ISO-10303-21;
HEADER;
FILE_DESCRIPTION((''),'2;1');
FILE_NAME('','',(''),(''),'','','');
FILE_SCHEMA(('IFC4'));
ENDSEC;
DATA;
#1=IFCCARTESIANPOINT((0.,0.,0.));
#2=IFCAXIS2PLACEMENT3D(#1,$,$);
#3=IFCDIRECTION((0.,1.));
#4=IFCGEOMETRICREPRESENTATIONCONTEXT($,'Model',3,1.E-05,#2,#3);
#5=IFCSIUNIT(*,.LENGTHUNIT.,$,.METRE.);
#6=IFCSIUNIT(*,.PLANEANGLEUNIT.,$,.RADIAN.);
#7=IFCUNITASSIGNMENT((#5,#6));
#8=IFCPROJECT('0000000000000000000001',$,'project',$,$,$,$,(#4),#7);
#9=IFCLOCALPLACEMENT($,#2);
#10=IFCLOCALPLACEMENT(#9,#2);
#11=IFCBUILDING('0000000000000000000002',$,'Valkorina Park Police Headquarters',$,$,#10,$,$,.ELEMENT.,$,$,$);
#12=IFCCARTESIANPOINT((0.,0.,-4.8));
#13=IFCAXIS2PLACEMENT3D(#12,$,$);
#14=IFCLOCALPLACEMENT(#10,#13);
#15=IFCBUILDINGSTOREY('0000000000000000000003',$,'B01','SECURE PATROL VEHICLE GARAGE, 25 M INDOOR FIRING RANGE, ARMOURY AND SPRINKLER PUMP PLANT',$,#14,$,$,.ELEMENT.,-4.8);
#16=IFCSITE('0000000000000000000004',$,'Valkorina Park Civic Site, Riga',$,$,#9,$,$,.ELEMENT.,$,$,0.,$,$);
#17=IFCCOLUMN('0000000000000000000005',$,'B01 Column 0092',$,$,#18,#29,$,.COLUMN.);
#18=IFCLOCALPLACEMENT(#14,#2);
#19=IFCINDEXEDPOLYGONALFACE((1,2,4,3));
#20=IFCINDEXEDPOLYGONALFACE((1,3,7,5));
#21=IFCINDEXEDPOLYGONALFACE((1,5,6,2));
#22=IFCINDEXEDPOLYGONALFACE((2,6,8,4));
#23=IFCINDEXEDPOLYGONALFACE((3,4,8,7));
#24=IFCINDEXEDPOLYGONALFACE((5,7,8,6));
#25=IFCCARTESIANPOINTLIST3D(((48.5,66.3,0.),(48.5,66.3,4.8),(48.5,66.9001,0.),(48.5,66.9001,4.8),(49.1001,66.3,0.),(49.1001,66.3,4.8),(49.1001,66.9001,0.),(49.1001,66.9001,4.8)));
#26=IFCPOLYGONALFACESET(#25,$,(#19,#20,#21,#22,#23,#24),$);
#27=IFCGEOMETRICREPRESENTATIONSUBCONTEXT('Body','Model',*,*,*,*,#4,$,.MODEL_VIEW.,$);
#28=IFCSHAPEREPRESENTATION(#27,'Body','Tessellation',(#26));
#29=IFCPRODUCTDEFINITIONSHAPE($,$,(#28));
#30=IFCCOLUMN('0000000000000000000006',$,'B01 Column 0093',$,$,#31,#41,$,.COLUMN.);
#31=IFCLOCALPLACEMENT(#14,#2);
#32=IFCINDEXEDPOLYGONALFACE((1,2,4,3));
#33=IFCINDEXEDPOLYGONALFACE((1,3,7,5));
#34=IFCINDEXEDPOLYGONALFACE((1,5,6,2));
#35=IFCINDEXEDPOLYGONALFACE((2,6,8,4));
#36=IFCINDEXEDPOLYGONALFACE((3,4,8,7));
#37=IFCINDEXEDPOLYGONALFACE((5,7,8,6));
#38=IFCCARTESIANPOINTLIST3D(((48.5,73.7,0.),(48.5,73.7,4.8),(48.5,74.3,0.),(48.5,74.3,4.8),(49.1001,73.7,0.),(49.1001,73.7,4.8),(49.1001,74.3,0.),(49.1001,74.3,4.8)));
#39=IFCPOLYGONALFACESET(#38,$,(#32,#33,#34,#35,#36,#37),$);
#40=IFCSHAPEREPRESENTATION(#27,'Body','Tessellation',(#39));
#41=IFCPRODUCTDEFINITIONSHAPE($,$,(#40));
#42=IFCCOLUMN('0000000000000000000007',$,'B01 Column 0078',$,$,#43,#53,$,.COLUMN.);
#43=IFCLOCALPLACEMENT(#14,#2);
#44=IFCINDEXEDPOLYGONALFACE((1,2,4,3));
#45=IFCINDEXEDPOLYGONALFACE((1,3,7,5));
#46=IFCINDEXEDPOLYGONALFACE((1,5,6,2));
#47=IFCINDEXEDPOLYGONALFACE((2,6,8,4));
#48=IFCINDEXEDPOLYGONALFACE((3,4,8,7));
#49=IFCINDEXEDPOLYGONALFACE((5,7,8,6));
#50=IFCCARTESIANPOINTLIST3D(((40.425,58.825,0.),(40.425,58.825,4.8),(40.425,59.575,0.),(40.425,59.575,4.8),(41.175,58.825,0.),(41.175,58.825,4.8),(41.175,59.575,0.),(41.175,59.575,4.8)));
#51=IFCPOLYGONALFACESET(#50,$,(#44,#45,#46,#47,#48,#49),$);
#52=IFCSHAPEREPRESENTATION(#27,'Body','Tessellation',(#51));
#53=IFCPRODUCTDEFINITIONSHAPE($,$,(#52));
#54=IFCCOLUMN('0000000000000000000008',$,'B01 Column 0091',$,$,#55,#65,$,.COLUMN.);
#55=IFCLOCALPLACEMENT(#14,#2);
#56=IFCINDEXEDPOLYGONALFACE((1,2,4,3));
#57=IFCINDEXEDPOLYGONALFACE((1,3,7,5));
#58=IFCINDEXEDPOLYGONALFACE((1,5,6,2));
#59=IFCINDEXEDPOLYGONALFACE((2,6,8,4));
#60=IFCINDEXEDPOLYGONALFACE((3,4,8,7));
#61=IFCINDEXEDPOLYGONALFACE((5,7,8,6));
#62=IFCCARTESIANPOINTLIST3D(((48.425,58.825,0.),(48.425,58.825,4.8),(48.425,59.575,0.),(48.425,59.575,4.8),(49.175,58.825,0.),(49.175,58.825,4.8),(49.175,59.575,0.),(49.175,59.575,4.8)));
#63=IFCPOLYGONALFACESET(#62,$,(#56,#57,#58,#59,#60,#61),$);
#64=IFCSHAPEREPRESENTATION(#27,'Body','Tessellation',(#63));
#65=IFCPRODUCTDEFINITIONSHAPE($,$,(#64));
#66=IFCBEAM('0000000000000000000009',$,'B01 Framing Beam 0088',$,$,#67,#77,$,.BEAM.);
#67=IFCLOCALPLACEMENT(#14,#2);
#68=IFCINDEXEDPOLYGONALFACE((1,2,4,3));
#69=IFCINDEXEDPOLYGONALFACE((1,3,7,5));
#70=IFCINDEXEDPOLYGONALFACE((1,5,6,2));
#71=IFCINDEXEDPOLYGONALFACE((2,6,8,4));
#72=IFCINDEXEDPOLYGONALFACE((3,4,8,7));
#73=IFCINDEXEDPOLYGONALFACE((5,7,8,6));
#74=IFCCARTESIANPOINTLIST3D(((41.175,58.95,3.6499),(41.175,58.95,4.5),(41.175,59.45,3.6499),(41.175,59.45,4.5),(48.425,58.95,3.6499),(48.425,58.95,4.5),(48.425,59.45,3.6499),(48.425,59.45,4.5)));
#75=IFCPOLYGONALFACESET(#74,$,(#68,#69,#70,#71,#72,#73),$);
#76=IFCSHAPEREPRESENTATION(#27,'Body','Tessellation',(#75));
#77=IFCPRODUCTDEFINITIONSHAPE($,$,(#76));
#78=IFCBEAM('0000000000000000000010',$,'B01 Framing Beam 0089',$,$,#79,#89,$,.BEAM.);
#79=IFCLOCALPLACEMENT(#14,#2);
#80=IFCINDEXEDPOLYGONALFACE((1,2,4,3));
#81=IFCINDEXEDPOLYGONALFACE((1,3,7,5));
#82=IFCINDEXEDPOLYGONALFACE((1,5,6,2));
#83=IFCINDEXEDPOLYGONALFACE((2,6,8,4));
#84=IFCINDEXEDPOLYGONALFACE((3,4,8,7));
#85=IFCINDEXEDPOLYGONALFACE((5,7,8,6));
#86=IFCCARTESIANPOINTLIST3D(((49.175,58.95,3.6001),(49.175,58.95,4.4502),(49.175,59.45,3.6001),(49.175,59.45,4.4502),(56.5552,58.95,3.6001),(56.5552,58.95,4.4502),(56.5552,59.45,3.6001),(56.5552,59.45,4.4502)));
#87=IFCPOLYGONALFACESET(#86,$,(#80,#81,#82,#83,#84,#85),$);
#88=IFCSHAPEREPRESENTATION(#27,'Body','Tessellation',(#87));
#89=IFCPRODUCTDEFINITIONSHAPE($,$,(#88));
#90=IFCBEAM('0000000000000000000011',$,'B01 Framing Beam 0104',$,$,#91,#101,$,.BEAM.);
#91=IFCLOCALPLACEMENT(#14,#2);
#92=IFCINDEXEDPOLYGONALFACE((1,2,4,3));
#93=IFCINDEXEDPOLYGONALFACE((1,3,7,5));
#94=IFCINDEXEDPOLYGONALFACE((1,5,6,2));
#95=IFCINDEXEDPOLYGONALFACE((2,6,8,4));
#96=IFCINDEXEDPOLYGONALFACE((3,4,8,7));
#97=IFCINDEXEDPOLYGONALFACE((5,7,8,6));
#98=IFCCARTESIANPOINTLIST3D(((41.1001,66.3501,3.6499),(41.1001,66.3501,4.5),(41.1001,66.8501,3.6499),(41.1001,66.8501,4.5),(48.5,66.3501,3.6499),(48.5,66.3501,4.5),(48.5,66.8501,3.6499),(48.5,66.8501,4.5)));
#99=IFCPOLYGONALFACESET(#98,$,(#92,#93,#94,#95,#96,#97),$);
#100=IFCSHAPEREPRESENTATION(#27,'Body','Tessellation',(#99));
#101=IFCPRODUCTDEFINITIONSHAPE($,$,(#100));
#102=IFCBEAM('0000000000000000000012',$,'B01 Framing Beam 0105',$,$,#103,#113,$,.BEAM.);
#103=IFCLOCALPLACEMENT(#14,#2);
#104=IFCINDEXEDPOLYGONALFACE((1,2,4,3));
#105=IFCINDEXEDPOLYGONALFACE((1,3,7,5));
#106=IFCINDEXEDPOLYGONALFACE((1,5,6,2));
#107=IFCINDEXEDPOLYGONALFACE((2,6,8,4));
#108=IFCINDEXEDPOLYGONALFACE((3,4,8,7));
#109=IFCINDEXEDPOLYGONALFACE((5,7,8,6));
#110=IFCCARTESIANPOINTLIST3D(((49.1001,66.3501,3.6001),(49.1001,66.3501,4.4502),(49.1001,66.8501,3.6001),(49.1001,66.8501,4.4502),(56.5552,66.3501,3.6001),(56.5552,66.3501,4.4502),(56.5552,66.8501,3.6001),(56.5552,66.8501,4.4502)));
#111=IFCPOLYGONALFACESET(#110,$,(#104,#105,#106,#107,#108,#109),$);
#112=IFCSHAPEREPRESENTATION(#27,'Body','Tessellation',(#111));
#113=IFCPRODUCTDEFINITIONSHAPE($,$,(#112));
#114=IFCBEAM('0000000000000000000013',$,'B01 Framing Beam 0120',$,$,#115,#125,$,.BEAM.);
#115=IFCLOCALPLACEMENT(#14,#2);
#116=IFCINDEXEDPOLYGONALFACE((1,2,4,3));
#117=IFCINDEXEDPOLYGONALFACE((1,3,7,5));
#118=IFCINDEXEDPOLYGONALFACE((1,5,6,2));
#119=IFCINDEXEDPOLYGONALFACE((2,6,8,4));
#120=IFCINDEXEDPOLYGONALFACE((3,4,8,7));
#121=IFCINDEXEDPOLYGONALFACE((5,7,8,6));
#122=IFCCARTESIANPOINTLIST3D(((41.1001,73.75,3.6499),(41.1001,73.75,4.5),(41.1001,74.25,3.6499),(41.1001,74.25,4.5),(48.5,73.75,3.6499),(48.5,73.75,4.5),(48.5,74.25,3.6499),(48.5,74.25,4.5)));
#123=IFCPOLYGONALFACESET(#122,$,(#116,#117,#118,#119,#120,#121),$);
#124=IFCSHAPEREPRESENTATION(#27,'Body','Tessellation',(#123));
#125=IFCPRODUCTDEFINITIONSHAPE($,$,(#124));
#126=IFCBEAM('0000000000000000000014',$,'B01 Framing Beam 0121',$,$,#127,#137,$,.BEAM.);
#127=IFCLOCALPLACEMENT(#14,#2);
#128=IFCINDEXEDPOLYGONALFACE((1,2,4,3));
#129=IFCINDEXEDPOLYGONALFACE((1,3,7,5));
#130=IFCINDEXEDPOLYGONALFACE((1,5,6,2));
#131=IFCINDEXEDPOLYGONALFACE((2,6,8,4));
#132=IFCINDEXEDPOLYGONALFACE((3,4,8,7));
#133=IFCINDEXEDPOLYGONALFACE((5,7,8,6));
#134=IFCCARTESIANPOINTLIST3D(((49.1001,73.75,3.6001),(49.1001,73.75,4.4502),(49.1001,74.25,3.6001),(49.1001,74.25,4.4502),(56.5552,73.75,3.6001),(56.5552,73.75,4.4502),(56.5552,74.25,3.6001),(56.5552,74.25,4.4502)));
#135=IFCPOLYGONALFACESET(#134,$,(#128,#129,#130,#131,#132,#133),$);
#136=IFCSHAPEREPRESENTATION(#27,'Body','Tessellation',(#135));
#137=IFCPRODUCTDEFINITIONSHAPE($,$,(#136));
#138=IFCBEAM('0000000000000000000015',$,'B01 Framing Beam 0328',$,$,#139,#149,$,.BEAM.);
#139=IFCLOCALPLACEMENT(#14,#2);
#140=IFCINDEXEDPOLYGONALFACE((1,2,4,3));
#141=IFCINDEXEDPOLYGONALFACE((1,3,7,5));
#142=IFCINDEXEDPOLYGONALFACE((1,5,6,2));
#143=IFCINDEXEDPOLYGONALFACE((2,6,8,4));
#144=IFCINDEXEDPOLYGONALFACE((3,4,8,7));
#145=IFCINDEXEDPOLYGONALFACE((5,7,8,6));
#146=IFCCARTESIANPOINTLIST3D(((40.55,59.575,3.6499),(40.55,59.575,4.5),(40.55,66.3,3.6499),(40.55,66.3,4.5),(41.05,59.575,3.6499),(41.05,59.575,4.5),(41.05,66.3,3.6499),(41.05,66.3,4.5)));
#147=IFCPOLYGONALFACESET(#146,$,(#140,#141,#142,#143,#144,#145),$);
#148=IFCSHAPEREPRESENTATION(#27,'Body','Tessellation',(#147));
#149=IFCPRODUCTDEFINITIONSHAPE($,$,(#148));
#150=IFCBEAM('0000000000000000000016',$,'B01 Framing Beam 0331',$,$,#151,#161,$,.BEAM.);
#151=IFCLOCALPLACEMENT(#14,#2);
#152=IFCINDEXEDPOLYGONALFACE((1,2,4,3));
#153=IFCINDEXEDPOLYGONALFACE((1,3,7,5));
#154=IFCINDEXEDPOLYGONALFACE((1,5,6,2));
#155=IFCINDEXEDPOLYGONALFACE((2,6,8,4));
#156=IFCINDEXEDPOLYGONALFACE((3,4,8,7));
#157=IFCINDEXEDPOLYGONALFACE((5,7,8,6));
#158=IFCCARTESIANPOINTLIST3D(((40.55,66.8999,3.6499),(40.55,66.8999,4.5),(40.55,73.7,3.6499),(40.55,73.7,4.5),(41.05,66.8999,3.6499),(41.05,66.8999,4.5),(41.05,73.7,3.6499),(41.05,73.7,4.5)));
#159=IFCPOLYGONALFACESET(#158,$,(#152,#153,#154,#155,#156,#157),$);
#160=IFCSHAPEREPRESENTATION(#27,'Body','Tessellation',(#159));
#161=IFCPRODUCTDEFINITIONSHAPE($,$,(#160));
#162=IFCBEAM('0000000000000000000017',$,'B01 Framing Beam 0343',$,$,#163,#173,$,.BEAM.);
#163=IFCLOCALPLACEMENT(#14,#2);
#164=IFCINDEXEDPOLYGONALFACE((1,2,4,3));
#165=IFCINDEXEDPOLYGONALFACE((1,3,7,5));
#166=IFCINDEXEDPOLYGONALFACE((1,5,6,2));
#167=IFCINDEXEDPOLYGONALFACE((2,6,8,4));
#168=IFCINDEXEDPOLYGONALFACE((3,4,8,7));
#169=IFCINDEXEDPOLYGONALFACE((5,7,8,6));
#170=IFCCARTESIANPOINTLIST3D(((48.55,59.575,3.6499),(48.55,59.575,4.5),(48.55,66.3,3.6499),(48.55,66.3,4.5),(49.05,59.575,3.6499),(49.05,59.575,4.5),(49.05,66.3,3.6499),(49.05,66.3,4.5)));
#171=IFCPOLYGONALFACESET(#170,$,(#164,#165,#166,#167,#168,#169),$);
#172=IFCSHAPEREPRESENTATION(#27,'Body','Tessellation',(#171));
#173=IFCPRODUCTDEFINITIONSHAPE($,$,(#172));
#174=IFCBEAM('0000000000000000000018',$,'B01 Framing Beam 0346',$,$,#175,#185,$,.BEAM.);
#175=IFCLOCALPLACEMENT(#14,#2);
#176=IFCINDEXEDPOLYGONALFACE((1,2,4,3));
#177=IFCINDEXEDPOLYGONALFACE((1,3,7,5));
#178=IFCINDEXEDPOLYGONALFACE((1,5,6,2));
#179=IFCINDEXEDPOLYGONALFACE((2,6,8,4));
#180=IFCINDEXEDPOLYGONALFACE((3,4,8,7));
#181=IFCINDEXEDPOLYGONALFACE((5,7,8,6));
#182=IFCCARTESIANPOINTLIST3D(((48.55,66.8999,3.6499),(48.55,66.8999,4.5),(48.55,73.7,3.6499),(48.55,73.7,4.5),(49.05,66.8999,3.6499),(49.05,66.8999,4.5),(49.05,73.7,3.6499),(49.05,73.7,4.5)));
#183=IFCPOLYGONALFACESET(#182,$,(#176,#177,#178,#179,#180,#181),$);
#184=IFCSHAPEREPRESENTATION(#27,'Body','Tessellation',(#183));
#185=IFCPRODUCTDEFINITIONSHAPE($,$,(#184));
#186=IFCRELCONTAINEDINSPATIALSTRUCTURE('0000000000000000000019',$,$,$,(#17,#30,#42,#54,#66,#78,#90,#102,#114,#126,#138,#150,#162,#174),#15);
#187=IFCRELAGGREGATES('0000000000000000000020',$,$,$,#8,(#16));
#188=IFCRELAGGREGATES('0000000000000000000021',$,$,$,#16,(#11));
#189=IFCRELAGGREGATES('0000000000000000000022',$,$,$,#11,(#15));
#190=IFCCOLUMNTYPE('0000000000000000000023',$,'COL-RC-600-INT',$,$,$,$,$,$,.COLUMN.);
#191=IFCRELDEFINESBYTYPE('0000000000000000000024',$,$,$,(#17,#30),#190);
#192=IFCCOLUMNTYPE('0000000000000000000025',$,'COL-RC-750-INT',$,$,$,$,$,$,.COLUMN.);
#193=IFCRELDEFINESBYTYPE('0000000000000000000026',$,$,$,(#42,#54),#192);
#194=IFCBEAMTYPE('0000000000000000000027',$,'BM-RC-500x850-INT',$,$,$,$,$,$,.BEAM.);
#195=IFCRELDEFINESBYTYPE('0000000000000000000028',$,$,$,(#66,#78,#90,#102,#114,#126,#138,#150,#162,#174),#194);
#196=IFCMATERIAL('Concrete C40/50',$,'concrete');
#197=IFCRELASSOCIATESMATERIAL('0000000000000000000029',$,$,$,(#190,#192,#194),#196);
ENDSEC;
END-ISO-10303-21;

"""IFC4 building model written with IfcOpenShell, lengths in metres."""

from ifc_helpers import new_model, si_unit, direction, frame, origin, origin_2d, place, context, subcontext, project, spatial, rectangle, extrude, material, material_profile, profile_set, type_object, element, save


model = new_model("IFC4")

# Units and contexts
model_context = context("Model", 3, precision=1e-05, world=origin(), true_north=direction((0.0, 1.0)))
body_context = subcontext(model_context, "Body", "Model", "MODEL_VIEW")
ifc_project = project(units=[si_unit("LENGTHUNIT", "METRE"), si_unit("PLANEANGLEUNIT", "RADIAN")], contexts=[model_context])

# Site, building, storey
site_placement = place(None, origin())
site = spatial("IfcSite", under=ifc_project, at=site_placement, Name="Valkorina Park Civic Site, Riga", CompositionType="ELEMENT", RefElevation=0.0)
building_placement = place(site_placement, origin())
building = spatial("IfcBuilding", under=site, at=building_placement, Name="Valkorina Park Police Headquarters", CompositionType="ELEMENT")
storey_placement = place(building_placement, frame((0.0, 0.0, -4.8)))
storey = spatial("IfcBuildingStorey", under=building, at=storey_placement, Name="B01", Description="SECURE PATROL VEHICLE GARAGE, 25 M INDOOR FIRING RANGE, ARMOURY AND SPRINKLER PUMP PLANT", CompositionType="ELEMENT", Elevation=-4.8)

# Columns
ifc_material_1 = material(Name="Concrete C40/50", Category="concrete")
ifc_material_profile_1 = material_profile(ifc_material_1, rectangle(XDim=0.6001, YDim=0.6001, at=origin_2d()), Name="RC COL 600x600")
ifc_profile_set_1 = profile_set([ifc_material_profile_1], Name="Concrete C40/50")
column_type_1 = type_object("IfcColumnType", Name="COL-RC-600-INT", PredefinedType="COLUMN", material=ifc_profile_set_1)
for number, where, z_axis, x_axis, name in (
    (1, (48.8, 66.6001, 0.0), (0.0, 0.0, 1.0), (1.0, 0.0, 0.0), "B01 Column 0092"),
    (2, (48.8, 74.0, 0.0), (0.0, 0.0, 1.0), (1.0, 0.0, 0.0), "B01 Column 0093"),
):
    element("IfcColumn", number, at=place(storey_placement, frame(where, z_axis=z_axis, x_axis=x_axis)), inside=storey, type_object=column_type_1, Name=name, PredefinedType="COLUMN", context=body_context, shape_type="SweptSolid", body=[
        extrude(rectangle(XDim=0.6001, YDim=0.6001, at=origin_2d()), origin(), (0.0, 0.0, 1.0), 4.8),
    ])
ifc_material_profile_2 = material_profile(ifc_material_1, rectangle(XDim=0.75, YDim=0.75, at=origin_2d()), Name="RC COL 750x750")
ifc_profile_set_2 = profile_set([ifc_material_profile_2], Name="Concrete C40/50")
column_type_2 = type_object("IfcColumnType", Name="COL-RC-750-INT", PredefinedType="COLUMN", material=ifc_profile_set_2)
for number, where, z_axis, x_axis, name in (
    (3, (40.8, 59.2, 0.0), (0.0, 0.0, 1.0), (1.0, 0.0, 0.0), "B01 Column 0078"),
    (4, (48.8, 59.2, 0.0), (0.0, 0.0, 1.0), (1.0, 0.0, 0.0), "B01 Column 0091"),
):
    element("IfcColumn", number, at=place(storey_placement, frame(where, z_axis=z_axis, x_axis=x_axis)), inside=storey, type_object=column_type_2, Name=name, PredefinedType="COLUMN", context=body_context, shape_type="SweptSolid", body=[
        extrude(rectangle(XDim=0.75, YDim=0.75, at=origin_2d()), origin(), (0.0, 0.0, 1.0), 4.8),
    ])

# Beams
ifc_material_profile_3 = material_profile(ifc_material_1, rectangle(XDim=0.5, YDim=0.8501, at=origin_2d()), Name="RC BEAM 500x850")
ifc_profile_set_3 = profile_set([ifc_material_profile_3], Name="Concrete C40/50")
beam_type_1 = type_object("IfcBeamType", Name="BM-RC-500x850-INT", PredefinedType="BEAM", material=ifc_profile_set_3)
beam_1_placement = place(storey_placement, frame((41.175, 59.2, 4.075), z_axis=(1.0, 0.0, 0.0), x_axis=(0.0, 1.0, 0.0)))
element("IfcBeam", 5, at=beam_1_placement, inside=storey, type_object=beam_type_1, Name="B01 Framing Beam 0088", PredefinedType="BEAM", context=body_context, shape_type="SweptSolid", body=[
    extrude(rectangle(XDim=0.5, YDim=0.8501, at=origin_2d()), origin(), (0.0, 0.0, 1.0), 7.25),
])
beam_2_placement = place(storey_placement, frame((49.175, 59.2, 4.0251), z_axis=(1.0, 0.0, 0.0), x_axis=(0.0, 1.0, 0.0)))
element("IfcBeam", 6, at=beam_2_placement, inside=storey, type_object=beam_type_1, Name="B01 Framing Beam 0089", PredefinedType="BEAM", context=body_context, shape_type="SweptSolid", body=[
    extrude(rectangle(XDim=0.5, YDim=0.8501, at=origin_2d()), origin(), (0.0, 0.0, 1.0), 7.3801),
])
beam_3_placement = place(storey_placement, frame((41.1001, 66.6001, 4.075), z_axis=(1.0, 0.0, 0.0), x_axis=(0.0, 1.0, 0.0)))
element("IfcBeam", 7, at=beam_3_placement, inside=storey, type_object=beam_type_1, Name="B01 Framing Beam 0104", PredefinedType="BEAM", context=body_context, shape_type="SweptSolid", body=[
    extrude(rectangle(XDim=0.5, YDim=0.8501, at=origin_2d()), origin(), (0.0, 0.0, 1.0), 7.3999),
])
beam_4_placement = place(storey_placement, frame((49.1001, 66.6001, 4.0251), z_axis=(1.0, 0.0, 0.0), x_axis=(0.0, 1.0, 0.0)))
element("IfcBeam", 8, at=beam_4_placement, inside=storey, type_object=beam_type_1, Name="B01 Framing Beam 0105", PredefinedType="BEAM", context=body_context, shape_type="SweptSolid", body=[
    extrude(rectangle(XDim=0.5, YDim=0.8501, at=origin_2d()), origin(), (0.0, 0.0, 1.0), 7.4551),
])
beam_5_placement = place(storey_placement, frame((41.1001, 74.0, 4.075), z_axis=(1.0, 0.0, 0.0), x_axis=(0.0, 1.0, 0.0)))
element("IfcBeam", 9, at=beam_5_placement, inside=storey, type_object=beam_type_1, Name="B01 Framing Beam 0120", PredefinedType="BEAM", context=body_context, shape_type="SweptSolid", body=[
    extrude(rectangle(XDim=0.5, YDim=0.8501, at=origin_2d()), origin(), (0.0, 0.0, 1.0), 7.3999),
])
beam_6_placement = place(storey_placement, frame((49.1001, 74.0, 4.0251), z_axis=(1.0, 0.0, 0.0), x_axis=(0.0, 1.0, 0.0)))
element("IfcBeam", 10, at=beam_6_placement, inside=storey, type_object=beam_type_1, Name="B01 Framing Beam 0121", PredefinedType="BEAM", context=body_context, shape_type="SweptSolid", body=[
    extrude(rectangle(XDim=0.5, YDim=0.8501, at=origin_2d()), origin(), (0.0, 0.0, 1.0), 7.4551),
])
beam_7_placement = place(storey_placement, frame((40.8, 59.575, 4.075), z_axis=(0.0, 1.0, 0.0), x_axis=(-1.0, 0.0, 0.0)))
element("IfcBeam", 11, at=beam_7_placement, inside=storey, type_object=beam_type_1, Name="B01 Framing Beam 0328", PredefinedType="BEAM", context=body_context, shape_type="SweptSolid", body=[
    extrude(rectangle(XDim=0.5, YDim=0.8501, at=origin_2d()), origin(), (0.0, 0.0, 1.0), 6.7251),
])
beam_8_placement = place(storey_placement, frame((40.8, 66.8999, 4.075), z_axis=(0.0, 1.0, 0.0), x_axis=(-1.0, 0.0, 0.0)))
element("IfcBeam", 12, at=beam_8_placement, inside=storey, type_object=beam_type_1, Name="B01 Framing Beam 0331", PredefinedType="BEAM", context=body_context, shape_type="SweptSolid", body=[
    extrude(rectangle(XDim=0.5, YDim=0.8501, at=origin_2d()), origin(), (0.0, 0.0, 1.0), 6.8),
])
beam_9_placement = place(storey_placement, frame((48.8, 59.575, 4.075), z_axis=(0.0, 1.0, 0.0), x_axis=(-1.0, 0.0, 0.0)))
element("IfcBeam", 13, at=beam_9_placement, inside=storey, type_object=beam_type_1, Name="B01 Framing Beam 0343", PredefinedType="BEAM", context=body_context, shape_type="SweptSolid", body=[
    extrude(rectangle(XDim=0.5, YDim=0.8501, at=origin_2d()), origin(), (0.0, 0.0, 1.0), 6.7251),
])
beam_10_placement = place(storey_placement, frame((48.8, 66.8999, 4.075), z_axis=(0.0, 1.0, 0.0), x_axis=(-1.0, 0.0, 0.0)))
element("IfcBeam", 14, at=beam_10_placement, inside=storey, type_object=beam_type_1, Name="B01 Framing Beam 0346", PredefinedType="BEAM", context=body_context, shape_type="SweptSolid", body=[
    extrude(rectangle(XDim=0.5, YDim=0.8501, at=origin_2d()), origin(), (0.0, 0.0, 1.0), 6.8),
])

save(model, "model.ifc")
